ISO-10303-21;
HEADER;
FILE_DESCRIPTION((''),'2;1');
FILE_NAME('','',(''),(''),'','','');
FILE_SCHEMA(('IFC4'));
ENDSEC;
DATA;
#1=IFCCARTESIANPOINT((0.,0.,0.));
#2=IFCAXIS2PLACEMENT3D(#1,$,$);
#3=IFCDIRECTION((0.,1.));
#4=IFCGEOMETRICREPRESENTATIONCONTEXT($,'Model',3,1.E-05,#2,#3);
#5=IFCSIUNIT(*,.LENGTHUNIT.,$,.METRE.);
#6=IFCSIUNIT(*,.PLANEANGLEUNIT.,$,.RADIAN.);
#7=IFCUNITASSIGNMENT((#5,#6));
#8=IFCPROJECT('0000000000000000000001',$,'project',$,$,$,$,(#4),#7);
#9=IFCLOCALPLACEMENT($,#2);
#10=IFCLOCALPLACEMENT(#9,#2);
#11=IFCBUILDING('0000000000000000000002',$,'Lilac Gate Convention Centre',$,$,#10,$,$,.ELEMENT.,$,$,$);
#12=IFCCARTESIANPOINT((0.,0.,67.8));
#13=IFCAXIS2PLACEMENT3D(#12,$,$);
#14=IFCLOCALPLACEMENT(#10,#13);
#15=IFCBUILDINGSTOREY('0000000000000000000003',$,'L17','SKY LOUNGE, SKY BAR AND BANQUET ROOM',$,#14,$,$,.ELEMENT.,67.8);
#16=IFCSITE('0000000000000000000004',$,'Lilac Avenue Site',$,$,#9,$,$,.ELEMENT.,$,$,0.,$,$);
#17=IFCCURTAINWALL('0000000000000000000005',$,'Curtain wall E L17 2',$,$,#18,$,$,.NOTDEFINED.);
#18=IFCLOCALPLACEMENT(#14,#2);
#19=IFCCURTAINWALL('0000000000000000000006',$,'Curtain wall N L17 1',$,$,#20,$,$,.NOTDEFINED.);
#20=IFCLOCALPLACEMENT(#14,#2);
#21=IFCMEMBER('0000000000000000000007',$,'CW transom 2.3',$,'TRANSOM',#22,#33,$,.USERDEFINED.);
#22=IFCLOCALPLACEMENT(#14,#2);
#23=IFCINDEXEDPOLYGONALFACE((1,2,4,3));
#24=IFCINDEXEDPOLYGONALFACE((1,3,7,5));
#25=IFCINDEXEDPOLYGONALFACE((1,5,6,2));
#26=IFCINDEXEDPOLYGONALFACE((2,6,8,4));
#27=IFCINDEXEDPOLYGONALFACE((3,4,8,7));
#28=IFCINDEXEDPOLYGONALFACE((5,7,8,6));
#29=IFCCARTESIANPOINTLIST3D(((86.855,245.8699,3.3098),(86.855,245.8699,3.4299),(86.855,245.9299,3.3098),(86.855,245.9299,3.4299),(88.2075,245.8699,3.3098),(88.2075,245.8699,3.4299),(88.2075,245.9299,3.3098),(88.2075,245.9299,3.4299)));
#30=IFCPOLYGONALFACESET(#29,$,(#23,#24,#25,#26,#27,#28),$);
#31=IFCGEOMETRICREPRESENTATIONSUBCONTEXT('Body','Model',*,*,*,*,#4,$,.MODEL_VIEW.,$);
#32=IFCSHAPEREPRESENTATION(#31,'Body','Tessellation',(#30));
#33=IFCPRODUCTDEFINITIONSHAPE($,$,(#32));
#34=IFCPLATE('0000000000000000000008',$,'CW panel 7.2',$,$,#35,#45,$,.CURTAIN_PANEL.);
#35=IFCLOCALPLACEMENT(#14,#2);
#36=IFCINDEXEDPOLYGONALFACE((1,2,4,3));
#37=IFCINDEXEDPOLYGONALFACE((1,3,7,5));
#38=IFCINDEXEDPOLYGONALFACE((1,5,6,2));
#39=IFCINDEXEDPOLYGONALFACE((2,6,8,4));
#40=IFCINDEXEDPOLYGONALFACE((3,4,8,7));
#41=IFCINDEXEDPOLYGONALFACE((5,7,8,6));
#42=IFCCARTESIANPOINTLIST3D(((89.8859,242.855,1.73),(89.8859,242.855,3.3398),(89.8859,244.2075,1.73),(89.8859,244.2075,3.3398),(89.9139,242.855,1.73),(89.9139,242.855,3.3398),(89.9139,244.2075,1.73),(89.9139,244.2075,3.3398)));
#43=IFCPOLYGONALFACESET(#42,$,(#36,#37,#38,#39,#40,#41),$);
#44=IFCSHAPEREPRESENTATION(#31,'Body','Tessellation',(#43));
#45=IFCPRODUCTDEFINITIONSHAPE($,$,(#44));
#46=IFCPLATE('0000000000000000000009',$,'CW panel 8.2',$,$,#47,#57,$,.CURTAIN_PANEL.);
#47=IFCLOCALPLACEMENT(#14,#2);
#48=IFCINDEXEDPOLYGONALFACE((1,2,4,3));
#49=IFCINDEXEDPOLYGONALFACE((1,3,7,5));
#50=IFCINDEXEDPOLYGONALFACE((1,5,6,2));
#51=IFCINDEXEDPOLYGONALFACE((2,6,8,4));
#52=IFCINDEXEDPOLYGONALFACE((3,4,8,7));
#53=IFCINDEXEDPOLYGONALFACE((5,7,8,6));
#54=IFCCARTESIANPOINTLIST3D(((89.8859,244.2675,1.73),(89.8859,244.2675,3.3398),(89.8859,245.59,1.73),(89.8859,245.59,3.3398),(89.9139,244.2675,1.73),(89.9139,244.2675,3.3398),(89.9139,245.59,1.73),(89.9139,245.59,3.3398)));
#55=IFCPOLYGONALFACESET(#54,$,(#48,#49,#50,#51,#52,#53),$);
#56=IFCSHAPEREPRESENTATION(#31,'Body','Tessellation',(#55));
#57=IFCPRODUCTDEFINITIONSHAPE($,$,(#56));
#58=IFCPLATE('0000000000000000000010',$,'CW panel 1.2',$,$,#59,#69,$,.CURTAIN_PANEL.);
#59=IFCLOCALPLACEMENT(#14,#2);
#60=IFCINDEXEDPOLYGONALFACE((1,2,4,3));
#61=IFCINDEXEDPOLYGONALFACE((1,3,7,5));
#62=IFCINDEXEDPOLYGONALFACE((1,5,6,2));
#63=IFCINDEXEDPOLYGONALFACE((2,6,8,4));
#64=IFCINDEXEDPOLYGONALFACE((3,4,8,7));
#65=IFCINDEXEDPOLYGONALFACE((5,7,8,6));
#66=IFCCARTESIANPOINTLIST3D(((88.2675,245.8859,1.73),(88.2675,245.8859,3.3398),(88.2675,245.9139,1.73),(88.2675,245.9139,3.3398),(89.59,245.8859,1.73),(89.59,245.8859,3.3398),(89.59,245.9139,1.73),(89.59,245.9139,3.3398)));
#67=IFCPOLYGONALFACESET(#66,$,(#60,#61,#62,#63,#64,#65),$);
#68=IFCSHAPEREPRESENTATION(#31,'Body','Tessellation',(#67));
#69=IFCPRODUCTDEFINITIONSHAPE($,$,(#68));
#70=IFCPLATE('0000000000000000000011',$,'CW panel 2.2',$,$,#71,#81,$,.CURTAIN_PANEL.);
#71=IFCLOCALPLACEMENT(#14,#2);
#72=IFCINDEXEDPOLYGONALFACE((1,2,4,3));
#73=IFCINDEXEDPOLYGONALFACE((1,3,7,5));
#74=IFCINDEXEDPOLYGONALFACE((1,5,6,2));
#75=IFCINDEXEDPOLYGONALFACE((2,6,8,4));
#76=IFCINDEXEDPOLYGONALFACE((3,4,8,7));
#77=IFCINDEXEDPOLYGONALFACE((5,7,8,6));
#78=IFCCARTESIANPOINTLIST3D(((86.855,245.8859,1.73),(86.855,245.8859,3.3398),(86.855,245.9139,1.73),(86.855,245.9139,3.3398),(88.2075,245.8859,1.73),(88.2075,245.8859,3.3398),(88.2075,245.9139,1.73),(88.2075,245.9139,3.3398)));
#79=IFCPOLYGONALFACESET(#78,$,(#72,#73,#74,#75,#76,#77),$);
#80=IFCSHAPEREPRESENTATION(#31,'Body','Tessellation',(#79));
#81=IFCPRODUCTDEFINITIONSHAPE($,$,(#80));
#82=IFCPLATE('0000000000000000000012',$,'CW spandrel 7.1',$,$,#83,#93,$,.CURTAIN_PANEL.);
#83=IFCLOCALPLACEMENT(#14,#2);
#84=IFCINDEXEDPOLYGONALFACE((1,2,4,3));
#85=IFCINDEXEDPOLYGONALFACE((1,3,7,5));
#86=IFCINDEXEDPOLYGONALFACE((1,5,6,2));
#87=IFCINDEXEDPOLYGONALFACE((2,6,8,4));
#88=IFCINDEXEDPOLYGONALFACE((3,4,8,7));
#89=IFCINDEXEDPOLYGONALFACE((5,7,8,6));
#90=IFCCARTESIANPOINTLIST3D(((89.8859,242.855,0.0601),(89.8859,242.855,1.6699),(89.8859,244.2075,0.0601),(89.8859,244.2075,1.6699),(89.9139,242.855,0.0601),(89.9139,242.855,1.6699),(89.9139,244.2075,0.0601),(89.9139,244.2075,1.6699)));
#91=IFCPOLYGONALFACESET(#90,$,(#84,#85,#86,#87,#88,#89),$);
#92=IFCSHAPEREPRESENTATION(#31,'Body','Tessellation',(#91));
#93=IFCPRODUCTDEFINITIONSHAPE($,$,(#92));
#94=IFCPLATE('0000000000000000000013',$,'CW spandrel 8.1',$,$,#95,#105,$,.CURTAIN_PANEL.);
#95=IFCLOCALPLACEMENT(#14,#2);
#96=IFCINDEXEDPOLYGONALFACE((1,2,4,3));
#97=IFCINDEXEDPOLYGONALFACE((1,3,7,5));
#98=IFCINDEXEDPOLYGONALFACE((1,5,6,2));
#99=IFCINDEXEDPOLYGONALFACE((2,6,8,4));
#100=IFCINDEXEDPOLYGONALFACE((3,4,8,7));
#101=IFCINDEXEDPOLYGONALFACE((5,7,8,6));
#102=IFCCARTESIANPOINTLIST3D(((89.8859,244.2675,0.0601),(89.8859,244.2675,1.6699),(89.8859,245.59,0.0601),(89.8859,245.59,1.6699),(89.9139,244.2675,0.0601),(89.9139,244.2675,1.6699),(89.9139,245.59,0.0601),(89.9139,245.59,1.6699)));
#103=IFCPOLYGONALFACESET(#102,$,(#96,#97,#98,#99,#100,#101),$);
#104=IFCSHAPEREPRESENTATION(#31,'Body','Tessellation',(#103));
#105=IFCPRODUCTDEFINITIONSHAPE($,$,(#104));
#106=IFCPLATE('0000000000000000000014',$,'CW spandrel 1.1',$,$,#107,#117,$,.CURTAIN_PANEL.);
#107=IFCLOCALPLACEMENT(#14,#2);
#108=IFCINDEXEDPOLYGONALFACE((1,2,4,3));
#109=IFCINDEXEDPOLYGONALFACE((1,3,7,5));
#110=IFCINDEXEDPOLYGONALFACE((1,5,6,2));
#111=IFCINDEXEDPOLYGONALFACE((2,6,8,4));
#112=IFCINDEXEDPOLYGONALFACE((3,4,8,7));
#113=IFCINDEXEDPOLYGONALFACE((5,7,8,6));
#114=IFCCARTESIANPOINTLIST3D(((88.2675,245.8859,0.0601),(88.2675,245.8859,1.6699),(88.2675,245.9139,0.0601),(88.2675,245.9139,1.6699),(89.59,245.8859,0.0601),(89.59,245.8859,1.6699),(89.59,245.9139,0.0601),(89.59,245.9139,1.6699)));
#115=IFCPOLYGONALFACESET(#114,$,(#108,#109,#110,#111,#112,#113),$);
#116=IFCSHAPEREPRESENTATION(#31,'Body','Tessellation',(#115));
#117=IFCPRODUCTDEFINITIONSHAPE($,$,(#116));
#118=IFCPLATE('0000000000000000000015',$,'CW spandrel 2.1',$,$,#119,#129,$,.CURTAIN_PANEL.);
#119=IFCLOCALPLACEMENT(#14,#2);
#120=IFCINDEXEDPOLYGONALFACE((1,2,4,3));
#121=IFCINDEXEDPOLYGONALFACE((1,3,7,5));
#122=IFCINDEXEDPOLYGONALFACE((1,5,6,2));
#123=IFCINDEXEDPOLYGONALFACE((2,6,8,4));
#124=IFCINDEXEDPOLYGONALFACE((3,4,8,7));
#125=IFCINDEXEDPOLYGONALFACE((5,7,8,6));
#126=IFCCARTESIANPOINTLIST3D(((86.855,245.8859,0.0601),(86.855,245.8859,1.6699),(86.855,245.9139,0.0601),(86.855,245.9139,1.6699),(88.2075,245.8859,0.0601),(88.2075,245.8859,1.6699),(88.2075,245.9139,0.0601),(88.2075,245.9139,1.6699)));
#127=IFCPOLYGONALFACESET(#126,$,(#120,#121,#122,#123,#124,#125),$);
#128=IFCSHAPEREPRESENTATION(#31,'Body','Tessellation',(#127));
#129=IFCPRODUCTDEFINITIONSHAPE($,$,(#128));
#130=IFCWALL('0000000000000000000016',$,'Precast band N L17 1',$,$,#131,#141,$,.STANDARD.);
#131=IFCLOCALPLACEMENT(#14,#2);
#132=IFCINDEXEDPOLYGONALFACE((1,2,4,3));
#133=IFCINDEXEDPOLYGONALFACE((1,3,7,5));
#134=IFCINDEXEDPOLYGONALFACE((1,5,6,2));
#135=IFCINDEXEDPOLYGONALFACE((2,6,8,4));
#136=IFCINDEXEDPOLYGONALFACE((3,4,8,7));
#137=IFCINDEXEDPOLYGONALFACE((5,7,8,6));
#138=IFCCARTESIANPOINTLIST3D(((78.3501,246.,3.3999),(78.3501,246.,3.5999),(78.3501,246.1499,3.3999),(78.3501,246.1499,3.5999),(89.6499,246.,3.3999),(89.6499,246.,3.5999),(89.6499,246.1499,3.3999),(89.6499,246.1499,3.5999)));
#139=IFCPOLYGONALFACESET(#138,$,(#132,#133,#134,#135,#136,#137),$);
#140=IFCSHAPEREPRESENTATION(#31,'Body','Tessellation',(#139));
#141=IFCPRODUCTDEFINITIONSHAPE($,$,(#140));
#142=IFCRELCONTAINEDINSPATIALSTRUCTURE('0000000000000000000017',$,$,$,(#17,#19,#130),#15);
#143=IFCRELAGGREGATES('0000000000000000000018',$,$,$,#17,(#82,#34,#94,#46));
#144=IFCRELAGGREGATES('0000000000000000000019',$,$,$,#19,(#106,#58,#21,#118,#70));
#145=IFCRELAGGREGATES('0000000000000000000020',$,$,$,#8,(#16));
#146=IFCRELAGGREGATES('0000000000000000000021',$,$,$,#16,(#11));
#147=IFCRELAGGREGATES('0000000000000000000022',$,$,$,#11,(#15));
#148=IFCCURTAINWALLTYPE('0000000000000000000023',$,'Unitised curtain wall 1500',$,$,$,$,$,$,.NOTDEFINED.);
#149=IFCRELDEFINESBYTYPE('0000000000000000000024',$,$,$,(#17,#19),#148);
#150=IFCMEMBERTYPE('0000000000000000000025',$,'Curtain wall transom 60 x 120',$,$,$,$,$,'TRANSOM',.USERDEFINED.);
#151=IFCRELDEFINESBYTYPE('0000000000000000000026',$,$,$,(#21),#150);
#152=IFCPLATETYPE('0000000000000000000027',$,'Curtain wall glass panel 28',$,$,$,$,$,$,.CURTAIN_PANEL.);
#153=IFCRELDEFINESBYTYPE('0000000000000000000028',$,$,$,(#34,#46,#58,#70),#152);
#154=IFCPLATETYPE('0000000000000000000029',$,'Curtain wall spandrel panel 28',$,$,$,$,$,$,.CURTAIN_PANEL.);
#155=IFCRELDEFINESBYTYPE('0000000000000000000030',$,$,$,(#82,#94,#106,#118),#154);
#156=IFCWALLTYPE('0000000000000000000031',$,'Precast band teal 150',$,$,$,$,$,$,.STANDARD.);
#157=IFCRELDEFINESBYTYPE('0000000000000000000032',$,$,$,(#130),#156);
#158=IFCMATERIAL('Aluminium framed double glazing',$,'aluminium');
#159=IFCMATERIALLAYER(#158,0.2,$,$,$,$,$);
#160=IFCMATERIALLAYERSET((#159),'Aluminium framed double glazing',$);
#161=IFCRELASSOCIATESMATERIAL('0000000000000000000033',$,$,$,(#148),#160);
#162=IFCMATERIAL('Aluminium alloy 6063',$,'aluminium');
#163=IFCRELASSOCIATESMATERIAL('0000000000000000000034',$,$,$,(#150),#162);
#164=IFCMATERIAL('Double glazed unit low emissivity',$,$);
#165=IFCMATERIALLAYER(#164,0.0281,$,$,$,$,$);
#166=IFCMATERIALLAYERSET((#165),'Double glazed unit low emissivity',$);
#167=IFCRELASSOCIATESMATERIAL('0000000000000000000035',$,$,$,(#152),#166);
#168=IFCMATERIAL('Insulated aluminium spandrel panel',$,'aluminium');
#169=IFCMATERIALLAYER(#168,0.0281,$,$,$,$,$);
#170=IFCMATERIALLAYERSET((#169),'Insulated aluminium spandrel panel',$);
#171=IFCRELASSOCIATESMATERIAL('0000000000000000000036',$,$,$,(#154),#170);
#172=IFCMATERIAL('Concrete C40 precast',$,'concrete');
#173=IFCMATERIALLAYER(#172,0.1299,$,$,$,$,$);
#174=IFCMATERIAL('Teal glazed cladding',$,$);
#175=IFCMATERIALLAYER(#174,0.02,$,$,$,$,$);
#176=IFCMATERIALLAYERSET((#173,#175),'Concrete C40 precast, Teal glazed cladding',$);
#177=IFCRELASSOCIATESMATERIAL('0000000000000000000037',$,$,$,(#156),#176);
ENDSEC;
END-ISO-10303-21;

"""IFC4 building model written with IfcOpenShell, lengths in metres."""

from ifc_helpers import new_model, si_unit, direction, frame, frame_2d, origin, origin_2d, place, context, subcontext, project, spatial, rectangle, extrude, material, layer, layer_set, material_profile, profile_set, type_object, element, aggregate, save


model = new_model("IFC4")

# Units and contexts
model_context = context("Model", 3, precision=1e-05, world=origin(), true_north=direction((0.0, 1.0)))
body_context = subcontext(model_context, "Body", "Model", "MODEL_VIEW")
ifc_project = project(units=[si_unit("LENGTHUNIT", "METRE"), si_unit("PLANEANGLEUNIT", "RADIAN")], contexts=[model_context])

# Site, building, storey
site_placement = place(None, origin())
site = spatial("IfcSite", under=ifc_project, at=site_placement, Name="Lilac Avenue Site", CompositionType="ELEMENT", RefElevation=0.0)
building_placement = place(site_placement, origin())
building = spatial("IfcBuilding", under=site, at=building_placement, Name="Lilac Gate Convention Centre", CompositionType="ELEMENT")
storey_placement = place(building_placement, frame((0.0, 0.0, 67.8)))
storey = spatial("IfcBuildingStorey", under=building, at=storey_placement, Name="L17", Description="SKY LOUNGE, SKY BAR AND BANQUET ROOM", CompositionType="ELEMENT", Elevation=67.8)

# Curtain walls
ifc_material_1 = material(Name="Aluminium framed double glazing", Category="aluminium")
ifc_layer_1 = layer(ifc_material_1, 0.2)
ifc_layer_set_1 = layer_set([ifc_layer_1], Name="Aluminium framed double glazing")
curtain_wall_type = type_object("IfcCurtainWallType", Name="Unitised curtain wall 1500", PredefinedType="NOTDEFINED", material=ifc_layer_set_1)
curtain_wall_1_placement = place(storey_placement, origin())
curtain_wall_1 = element("IfcCurtainWall", 1, at=curtain_wall_1_placement, inside=storey, type_object=curtain_wall_type, Name="Curtain wall E L17 2", PredefinedType="NOTDEFINED")
ifc_material_2 = material(Name="Aluminium alloy 6063", Category="aluminium")
curtain_wall_2_placement = place(storey_placement, origin())
curtain_wall_2 = element("IfcCurtainWall", 2, at=curtain_wall_2_placement, inside=storey, type_object=curtain_wall_type, Name="Curtain wall N L17 1", PredefinedType="NOTDEFINED")

# Member
ifc_material_profile_1 = material_profile(ifc_material_2, rectangle(XDim=0.0601, YDim=0.1201, at=origin_2d()), Name="Curtain wall transom 60 x 120")
ifc_profile_set_1 = profile_set([ifc_material_profile_1], Name="Aluminium alloy 6063")
member_type_1 = type_object("IfcMemberType", Name="Curtain wall transom 60 x 120", ElementType="TRANSOM", PredefinedType="USERDEFINED", material=ifc_profile_set_1)
member_1_placement = place(storey_placement, frame((88.2075, 245.8999, 3.3699), z_axis=(-1.0, 0.0, 0.0), x_axis=(0.0, -1.0, 0.0)))
member_1 = element("IfcMember", 3, at=member_1_placement, type_object=member_type_1, Name="CW transom 2.3", ObjectType="TRANSOM", PredefinedType="USERDEFINED", context=body_context, shape_type="SweptSolid", body=[
    extrude(rectangle(XDim=0.0601, YDim=0.1201, at=origin_2d()), origin(), (0.0, 0.0, 1.0), 1.3525),
])

# Plates
ifc_material_3 = material(Name="Double glazed unit low emissivity")
ifc_layer_2 = layer(ifc_material_3, 0.0281)
ifc_layer_set_2 = layer_set([ifc_layer_2], Name="Double glazed unit low emissivity")
plate_type_1 = type_object("IfcPlateType", Name="Curtain wall glass panel 28", PredefinedType="CURTAIN_PANEL", material=ifc_layer_set_2)
plate_1_placement = place(storey_placement, frame((89.8999, 243.5312, 1.73), z_axis=(0.0, 0.0, 1.0), x_axis=(0.0, 1.0, 0.0)))
plate_1 = element("IfcPlate", 4, at=plate_1_placement, type_object=plate_type_1, Name="CW panel 7.2", PredefinedType="CURTAIN_PANEL", context=body_context, shape_type="SweptSolid", body=[
    extrude(rectangle(XDim=1.3525, YDim=0.0281, at=origin_2d()), origin(), (0.0, 0.0, 1.0), 1.6099),
])
plate_2_placement = place(storey_placement, frame((89.8999, 244.9287, 1.73), z_axis=(0.0, 0.0, 1.0), x_axis=(0.0, 1.0, 0.0)))
plate_2 = element("IfcPlate", 5, at=plate_2_placement, type_object=plate_type_1, Name="CW panel 8.2", PredefinedType="CURTAIN_PANEL", context=body_context, shape_type="SweptSolid", body=[
    extrude(rectangle(XDim=1.3225, YDim=0.0281, at=origin_2d()), origin(), (0.0, 0.0, 1.0), 1.6099),
])
plate_3_placement = place(storey_placement, frame((88.9287, 245.8999, 1.73), z_axis=(0.0, 0.0, 1.0), x_axis=(-1.0, 0.0, 0.0)))
plate_3 = element("IfcPlate", 6, at=plate_3_placement, type_object=plate_type_1, Name="CW panel 1.2", PredefinedType="CURTAIN_PANEL", context=body_context, shape_type="SweptSolid", body=[
    extrude(rectangle(XDim=1.3225, YDim=0.0281, at=origin_2d()), origin(), (0.0, 0.0, 1.0), 1.6099),
])
plate_4_placement = place(storey_placement, frame((87.5312, 245.8999, 1.73), z_axis=(0.0, 0.0, 1.0), x_axis=(-1.0, 0.0, 0.0)))
plate_4 = element("IfcPlate", 7, at=plate_4_placement, type_object=plate_type_1, Name="CW panel 2.2", PredefinedType="CURTAIN_PANEL", context=body_context, shape_type="SweptSolid", body=[
    extrude(rectangle(XDim=1.3525, YDim=0.0281, at=origin_2d()), origin(), (0.0, 0.0, 1.0), 1.6099),
])
ifc_material_4 = material(Name="Insulated aluminium spandrel panel", Category="aluminium")
ifc_layer_3 = layer(ifc_material_4, 0.0281)
ifc_layer_set_3 = layer_set([ifc_layer_3], Name="Insulated aluminium spandrel panel")
plate_type_2 = type_object("IfcPlateType", Name="Curtain wall spandrel panel 28", PredefinedType="CURTAIN_PANEL", material=ifc_layer_set_3)
plate_5_placement = place(storey_placement, frame((89.8999, 243.5312, 0.0601), z_axis=(0.0, 0.0, 1.0), x_axis=(0.0, 1.0, 0.0)))
plate_5 = element("IfcPlate", 8, at=plate_5_placement, type_object=plate_type_2, Name="CW spandrel 7.1", PredefinedType="CURTAIN_PANEL", context=body_context, shape_type="SweptSolid", body=[
    extrude(rectangle(XDim=1.3525, YDim=0.0281, at=origin_2d()), origin(), (0.0, 0.0, 1.0), 1.6099),
])
plate_6_placement = place(storey_placement, frame((89.8999, 244.9287, 0.0601), z_axis=(0.0, 0.0, 1.0), x_axis=(0.0, 1.0, 0.0)))
plate_6 = element("IfcPlate", 9, at=plate_6_placement, type_object=plate_type_2, Name="CW spandrel 8.1", PredefinedType="CURTAIN_PANEL", context=body_context, shape_type="SweptSolid", body=[
    extrude(rectangle(XDim=1.3225, YDim=0.0281, at=origin_2d()), origin(), (0.0, 0.0, 1.0), 1.6099),
])
aggregate(curtain_wall_1, [plate_5, plate_1, plate_6, plate_2])
plate_7_placement = place(storey_placement, frame((88.9287, 245.8999, 0.0601), z_axis=(0.0, 0.0, 1.0), x_axis=(-1.0, 0.0, 0.0)))
plate_7 = element("IfcPlate", 10, at=plate_7_placement, type_object=plate_type_2, Name="CW spandrel 1.1", PredefinedType="CURTAIN_PANEL", context=body_context, shape_type="SweptSolid", body=[
    extrude(rectangle(XDim=1.3225, YDim=0.0281, at=origin_2d()), origin(), (0.0, 0.0, 1.0), 1.6099),
])
plate_8_placement = place(storey_placement, frame((87.5312, 245.8999, 0.0601), z_axis=(0.0, 0.0, 1.0), x_axis=(-1.0, 0.0, 0.0)))
plate_8 = element("IfcPlate", 11, at=plate_8_placement, type_object=plate_type_2, Name="CW spandrel 2.1", PredefinedType="CURTAIN_PANEL", context=body_context, shape_type="SweptSolid", body=[
    extrude(rectangle(XDim=1.3525, YDim=0.0281, at=origin_2d()), origin(), (0.0, 0.0, 1.0), 1.6099),
])
aggregate(curtain_wall_2, [plate_7, plate_3, member_1, plate_8, plate_4])

# Wall
ifc_material_5 = material(Name="Concrete C40 precast", Category="concrete")
ifc_layer_4 = layer(ifc_material_5, 0.1299)
ifc_material_6 = material(Name="Teal glazed cladding")
ifc_layer_5 = layer(ifc_material_6, 0.02)
ifc_layer_set_4 = layer_set([ifc_layer_4, ifc_layer_5], Name="Concrete C40 precast, Teal glazed cladding")
wall_type = type_object("IfcWallType", Name="Precast band teal 150", PredefinedType="STANDARD", material=ifc_layer_set_4)
wall_placement = place(storey_placement, frame((89.6499, 246.075, 3.3999), z_axis=(0.0, 0.0, 1.0), x_axis=(-1.0, 0.0, 0.0)))
element("IfcWall", 12, at=wall_placement, inside=storey, type_object=wall_type, Name="Precast band N L17 1", PredefinedType="STANDARD", context=body_context, shape_type="SweptSolid", body=[
    extrude(rectangle(XDim=11.2998, YDim=0.1499, at=frame_2d((5.6499, 0.0))), origin(), (0.0, 0.0, 1.0), 0.2),
])

save(model, "model.ifc")
